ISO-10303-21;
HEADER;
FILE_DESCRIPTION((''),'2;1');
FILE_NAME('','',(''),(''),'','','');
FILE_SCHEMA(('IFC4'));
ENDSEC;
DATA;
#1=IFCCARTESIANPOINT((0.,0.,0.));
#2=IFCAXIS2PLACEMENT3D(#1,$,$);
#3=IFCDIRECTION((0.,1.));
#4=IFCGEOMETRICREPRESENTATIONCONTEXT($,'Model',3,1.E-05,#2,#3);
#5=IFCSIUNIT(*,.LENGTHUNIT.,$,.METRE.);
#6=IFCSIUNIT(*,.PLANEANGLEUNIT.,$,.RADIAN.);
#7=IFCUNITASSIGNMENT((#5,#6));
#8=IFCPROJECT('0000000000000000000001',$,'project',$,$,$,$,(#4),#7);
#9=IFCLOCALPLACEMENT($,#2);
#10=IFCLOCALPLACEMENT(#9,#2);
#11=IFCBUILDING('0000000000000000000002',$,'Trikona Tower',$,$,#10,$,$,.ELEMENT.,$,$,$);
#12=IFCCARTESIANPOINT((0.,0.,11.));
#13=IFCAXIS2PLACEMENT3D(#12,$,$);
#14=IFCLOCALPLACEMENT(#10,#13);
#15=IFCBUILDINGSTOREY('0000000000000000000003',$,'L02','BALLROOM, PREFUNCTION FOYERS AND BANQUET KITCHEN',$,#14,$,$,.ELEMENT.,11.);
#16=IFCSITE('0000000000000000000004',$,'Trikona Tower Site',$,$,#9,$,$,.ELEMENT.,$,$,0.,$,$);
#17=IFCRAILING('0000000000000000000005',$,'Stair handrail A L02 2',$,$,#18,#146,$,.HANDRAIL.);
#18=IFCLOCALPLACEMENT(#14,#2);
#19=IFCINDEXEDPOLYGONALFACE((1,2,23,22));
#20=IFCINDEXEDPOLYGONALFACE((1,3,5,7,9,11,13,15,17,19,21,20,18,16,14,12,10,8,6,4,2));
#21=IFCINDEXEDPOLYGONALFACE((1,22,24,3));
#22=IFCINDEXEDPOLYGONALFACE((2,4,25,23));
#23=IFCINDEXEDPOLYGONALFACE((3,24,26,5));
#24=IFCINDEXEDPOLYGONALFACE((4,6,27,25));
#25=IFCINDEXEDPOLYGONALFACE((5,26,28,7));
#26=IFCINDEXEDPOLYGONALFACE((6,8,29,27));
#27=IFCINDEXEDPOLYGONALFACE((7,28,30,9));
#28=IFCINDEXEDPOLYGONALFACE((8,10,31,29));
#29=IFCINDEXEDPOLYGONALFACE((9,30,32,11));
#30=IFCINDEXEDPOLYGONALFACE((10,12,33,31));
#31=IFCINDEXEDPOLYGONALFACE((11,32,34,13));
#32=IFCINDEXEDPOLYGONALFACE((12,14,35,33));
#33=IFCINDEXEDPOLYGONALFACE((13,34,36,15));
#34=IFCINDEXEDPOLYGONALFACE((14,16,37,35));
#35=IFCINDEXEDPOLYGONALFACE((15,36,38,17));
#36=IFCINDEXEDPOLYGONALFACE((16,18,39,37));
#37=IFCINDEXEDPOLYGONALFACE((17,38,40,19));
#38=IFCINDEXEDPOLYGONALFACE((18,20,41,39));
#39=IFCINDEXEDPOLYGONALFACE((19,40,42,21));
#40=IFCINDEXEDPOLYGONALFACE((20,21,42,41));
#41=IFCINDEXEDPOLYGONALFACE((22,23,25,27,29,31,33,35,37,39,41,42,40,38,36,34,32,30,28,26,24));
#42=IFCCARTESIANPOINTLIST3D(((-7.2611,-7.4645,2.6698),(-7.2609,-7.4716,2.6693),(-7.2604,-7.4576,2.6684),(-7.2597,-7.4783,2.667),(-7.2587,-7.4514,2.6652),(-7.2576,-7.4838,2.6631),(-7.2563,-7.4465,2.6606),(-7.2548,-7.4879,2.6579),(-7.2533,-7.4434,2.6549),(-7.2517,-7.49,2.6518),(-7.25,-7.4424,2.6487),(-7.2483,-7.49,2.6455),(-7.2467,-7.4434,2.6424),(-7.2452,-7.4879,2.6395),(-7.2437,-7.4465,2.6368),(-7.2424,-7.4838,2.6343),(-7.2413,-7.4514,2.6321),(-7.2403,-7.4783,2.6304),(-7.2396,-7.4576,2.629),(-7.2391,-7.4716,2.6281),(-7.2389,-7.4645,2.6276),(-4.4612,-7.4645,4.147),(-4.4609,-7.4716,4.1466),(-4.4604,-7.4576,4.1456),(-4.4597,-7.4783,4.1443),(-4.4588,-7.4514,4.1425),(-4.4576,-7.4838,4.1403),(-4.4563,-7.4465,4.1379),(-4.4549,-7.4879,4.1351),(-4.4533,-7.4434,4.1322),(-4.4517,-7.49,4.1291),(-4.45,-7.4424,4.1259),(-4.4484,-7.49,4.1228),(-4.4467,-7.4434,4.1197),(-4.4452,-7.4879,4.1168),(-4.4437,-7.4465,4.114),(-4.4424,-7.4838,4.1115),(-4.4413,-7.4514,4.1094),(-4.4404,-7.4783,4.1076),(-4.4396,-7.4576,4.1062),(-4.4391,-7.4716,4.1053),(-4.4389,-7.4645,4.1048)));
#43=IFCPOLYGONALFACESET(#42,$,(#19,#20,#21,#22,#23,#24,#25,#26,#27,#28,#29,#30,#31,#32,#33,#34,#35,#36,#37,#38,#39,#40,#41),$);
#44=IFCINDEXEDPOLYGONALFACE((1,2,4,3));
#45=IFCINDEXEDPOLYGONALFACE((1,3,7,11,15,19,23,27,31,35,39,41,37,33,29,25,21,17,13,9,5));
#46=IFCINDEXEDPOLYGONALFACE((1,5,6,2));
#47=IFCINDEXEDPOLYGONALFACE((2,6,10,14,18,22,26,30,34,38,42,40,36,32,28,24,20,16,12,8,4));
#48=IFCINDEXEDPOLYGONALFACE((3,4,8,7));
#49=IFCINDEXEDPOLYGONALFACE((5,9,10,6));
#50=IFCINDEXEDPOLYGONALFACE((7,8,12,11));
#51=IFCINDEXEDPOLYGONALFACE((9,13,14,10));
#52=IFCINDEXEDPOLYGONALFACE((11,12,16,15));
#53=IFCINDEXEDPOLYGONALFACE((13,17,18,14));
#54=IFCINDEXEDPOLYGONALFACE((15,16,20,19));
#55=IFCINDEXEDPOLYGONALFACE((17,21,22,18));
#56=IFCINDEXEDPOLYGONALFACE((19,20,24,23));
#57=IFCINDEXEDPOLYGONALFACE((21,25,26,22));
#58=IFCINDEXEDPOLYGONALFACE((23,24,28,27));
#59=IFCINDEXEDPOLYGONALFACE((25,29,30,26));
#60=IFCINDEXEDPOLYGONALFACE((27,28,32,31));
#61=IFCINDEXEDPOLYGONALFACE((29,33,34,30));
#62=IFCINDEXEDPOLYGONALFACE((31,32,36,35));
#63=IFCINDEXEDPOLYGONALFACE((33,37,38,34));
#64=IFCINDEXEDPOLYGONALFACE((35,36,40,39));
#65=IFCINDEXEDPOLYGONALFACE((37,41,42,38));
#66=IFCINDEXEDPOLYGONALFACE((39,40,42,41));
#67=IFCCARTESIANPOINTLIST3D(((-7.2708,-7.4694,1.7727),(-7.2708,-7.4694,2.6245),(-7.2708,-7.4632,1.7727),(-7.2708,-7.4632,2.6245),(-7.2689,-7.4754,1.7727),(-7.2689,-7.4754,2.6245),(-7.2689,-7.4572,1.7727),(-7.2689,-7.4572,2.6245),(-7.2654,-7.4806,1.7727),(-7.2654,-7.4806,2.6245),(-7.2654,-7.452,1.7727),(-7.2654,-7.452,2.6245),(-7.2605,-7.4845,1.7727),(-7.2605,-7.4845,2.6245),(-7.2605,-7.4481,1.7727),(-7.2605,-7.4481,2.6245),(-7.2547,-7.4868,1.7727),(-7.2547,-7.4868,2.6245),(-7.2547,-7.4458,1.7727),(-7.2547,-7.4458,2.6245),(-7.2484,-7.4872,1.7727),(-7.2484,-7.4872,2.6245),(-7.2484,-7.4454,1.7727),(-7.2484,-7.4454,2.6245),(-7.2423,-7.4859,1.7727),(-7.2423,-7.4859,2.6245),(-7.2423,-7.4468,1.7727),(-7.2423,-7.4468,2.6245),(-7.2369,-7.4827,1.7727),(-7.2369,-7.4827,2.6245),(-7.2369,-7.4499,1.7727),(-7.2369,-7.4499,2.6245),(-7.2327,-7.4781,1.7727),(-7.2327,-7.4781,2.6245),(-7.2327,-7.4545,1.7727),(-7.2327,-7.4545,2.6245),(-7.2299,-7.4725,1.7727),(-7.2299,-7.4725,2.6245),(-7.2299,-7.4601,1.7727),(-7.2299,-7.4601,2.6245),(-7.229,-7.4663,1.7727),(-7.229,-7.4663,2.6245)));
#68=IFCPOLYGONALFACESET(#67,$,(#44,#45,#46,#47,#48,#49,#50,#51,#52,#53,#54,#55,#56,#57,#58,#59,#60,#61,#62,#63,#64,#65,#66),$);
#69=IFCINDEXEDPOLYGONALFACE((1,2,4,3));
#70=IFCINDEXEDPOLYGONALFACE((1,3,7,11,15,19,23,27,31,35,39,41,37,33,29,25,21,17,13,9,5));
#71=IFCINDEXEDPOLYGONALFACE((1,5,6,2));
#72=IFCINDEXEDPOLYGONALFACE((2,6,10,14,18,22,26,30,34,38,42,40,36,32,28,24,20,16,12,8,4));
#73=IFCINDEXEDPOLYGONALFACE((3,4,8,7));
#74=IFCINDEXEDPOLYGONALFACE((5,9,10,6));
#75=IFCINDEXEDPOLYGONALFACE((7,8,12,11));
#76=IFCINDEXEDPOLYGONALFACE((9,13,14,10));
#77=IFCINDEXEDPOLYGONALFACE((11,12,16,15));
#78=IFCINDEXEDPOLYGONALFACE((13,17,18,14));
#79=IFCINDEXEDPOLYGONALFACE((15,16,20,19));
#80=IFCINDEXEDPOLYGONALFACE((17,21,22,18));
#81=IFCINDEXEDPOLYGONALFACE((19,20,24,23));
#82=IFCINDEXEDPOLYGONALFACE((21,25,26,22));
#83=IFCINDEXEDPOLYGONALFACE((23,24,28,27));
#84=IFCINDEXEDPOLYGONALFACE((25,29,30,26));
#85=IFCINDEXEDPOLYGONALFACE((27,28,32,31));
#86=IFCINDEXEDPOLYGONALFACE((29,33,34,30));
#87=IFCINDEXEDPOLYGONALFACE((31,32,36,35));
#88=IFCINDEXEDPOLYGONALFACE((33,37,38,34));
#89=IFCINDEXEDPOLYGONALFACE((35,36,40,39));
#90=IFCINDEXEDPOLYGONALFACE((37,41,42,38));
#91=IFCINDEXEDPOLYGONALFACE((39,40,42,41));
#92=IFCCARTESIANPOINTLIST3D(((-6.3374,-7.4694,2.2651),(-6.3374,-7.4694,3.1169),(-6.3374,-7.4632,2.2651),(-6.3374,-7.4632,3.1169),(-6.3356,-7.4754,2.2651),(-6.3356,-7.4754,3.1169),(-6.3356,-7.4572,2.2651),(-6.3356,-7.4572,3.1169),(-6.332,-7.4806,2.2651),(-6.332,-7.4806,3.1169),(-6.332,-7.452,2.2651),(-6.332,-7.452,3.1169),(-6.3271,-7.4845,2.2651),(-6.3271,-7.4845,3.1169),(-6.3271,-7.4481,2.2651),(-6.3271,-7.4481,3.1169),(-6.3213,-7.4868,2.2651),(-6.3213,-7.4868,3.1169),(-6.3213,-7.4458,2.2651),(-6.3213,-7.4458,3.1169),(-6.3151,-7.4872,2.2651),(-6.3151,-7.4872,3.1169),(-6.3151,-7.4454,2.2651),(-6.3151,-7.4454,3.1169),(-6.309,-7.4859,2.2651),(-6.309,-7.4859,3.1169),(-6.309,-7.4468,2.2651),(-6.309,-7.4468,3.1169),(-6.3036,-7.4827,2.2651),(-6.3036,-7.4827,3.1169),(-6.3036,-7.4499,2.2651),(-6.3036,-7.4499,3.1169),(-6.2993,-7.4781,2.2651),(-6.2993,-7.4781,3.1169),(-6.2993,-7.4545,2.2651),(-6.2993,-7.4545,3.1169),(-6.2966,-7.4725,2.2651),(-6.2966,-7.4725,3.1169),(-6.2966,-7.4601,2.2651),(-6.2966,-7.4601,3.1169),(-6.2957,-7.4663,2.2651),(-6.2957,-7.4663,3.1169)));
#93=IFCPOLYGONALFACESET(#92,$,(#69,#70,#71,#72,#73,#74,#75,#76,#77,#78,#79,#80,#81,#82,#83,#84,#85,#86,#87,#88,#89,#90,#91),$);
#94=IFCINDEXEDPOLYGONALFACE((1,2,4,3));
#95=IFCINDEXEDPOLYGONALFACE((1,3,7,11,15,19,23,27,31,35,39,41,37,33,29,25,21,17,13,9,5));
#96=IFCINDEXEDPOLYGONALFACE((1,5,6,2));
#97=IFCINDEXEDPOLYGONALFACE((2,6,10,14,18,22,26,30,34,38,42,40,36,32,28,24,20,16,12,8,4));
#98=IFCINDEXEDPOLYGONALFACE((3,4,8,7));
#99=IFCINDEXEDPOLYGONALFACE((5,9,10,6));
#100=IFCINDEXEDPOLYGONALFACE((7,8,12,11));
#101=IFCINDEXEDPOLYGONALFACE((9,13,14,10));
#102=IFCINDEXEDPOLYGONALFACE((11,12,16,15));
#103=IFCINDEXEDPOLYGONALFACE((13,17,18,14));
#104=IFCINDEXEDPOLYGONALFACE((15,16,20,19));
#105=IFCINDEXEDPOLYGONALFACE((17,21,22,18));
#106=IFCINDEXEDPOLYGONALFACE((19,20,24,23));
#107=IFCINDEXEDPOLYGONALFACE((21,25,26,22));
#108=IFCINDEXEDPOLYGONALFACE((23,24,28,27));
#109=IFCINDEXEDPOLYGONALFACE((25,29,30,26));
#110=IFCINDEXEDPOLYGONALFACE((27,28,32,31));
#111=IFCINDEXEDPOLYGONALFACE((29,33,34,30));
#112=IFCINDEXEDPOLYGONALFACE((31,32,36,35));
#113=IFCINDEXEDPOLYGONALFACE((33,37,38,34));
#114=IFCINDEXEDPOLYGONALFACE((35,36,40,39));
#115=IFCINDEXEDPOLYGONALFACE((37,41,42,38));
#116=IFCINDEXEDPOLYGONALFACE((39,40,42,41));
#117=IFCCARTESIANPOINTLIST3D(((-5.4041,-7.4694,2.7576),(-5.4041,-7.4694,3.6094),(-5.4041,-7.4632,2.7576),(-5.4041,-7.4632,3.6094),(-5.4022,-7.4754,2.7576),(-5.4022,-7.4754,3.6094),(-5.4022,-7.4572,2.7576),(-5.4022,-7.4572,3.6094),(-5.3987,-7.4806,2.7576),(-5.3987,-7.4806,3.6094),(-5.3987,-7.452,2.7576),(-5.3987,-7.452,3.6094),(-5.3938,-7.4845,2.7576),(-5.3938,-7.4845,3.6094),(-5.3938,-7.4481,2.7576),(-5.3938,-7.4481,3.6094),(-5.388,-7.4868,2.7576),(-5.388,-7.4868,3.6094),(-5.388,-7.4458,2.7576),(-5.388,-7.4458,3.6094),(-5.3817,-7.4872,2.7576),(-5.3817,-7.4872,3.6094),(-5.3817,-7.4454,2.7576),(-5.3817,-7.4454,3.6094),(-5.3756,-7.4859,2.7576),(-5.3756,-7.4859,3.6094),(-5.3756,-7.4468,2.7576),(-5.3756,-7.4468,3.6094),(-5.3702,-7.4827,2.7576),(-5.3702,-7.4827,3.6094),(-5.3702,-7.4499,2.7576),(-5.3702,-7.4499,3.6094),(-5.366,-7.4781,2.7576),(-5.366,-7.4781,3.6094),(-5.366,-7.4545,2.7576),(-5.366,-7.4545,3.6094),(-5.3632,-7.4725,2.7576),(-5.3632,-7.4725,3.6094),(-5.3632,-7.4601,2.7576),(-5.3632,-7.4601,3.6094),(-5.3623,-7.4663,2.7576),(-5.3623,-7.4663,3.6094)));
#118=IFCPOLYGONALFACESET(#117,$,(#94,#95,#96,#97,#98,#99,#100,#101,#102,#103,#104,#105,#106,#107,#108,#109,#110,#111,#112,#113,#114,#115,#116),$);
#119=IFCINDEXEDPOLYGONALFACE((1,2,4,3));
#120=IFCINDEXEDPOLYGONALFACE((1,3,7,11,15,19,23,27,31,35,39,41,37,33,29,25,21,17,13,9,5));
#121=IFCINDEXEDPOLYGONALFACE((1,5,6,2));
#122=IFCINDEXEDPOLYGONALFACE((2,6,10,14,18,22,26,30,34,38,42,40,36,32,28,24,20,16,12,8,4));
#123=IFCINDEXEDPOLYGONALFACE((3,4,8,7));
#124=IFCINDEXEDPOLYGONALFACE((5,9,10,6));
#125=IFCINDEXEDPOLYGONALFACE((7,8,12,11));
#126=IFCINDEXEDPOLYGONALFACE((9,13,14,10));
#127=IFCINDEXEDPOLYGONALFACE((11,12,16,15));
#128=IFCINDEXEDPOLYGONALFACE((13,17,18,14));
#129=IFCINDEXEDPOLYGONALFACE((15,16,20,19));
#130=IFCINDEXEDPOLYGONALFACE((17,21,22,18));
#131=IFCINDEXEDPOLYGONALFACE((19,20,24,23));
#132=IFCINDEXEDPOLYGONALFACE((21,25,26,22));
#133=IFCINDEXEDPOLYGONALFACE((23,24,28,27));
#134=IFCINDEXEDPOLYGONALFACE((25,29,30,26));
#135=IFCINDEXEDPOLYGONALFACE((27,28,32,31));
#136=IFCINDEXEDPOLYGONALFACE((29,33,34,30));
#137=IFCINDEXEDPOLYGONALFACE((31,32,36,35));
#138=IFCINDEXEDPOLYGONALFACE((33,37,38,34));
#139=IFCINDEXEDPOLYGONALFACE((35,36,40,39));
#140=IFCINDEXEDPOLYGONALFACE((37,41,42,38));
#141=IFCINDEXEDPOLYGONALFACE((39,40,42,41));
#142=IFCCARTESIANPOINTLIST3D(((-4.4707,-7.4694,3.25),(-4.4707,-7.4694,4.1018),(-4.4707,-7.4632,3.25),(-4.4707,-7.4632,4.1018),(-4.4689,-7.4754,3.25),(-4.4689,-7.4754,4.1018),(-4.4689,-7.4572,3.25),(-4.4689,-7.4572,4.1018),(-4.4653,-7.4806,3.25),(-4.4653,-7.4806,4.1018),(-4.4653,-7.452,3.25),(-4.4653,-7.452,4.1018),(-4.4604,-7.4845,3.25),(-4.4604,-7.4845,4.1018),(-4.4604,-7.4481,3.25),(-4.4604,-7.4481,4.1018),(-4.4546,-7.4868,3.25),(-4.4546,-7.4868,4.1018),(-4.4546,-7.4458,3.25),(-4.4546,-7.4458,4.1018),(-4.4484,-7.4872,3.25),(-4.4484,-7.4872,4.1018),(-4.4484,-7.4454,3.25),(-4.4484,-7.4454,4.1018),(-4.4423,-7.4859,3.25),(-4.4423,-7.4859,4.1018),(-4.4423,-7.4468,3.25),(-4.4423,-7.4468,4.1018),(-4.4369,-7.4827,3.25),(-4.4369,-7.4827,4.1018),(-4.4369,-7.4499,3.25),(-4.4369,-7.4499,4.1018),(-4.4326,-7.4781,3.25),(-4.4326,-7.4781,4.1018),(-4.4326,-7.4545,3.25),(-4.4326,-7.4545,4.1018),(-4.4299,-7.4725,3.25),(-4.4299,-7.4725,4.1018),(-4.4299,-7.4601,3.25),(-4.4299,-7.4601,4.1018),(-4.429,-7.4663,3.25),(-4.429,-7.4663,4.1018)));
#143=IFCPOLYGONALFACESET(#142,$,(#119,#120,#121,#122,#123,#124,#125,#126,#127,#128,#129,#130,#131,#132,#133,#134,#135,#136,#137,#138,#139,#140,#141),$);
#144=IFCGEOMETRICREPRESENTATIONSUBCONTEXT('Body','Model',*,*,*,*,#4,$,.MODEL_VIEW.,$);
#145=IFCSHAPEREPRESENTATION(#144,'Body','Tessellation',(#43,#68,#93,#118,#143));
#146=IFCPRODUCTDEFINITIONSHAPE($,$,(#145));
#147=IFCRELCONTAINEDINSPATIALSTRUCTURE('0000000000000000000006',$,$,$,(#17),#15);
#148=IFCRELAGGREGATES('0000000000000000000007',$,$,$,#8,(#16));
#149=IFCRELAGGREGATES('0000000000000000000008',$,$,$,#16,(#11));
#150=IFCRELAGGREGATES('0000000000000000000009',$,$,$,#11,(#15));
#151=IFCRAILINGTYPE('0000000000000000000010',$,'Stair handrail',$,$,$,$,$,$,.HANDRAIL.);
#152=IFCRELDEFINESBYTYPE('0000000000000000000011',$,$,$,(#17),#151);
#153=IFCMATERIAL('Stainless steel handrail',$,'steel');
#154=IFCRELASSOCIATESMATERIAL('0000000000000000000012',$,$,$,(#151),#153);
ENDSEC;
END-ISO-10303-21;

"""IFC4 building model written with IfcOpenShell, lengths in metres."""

from ifc_helpers import new_model, si_unit, direction, frame, origin, origin_2d, place, context, subcontext, project, spatial, circle, extrude, material, type_object, element, save


model = new_model("IFC4")

# Units and contexts
model_context = context("Model", 3, precision=1e-05, world=origin(), true_north=direction((0.0, 1.0)))
body_context = subcontext(model_context, "Body", "Model", "MODEL_VIEW")
ifc_project = project(units=[si_unit("LENGTHUNIT", "METRE"), si_unit("PLANEANGLEUNIT", "RADIAN")], contexts=[model_context])

# Site, building, storey
site_placement = place(None, origin())
site = spatial("IfcSite", under=ifc_project, at=site_placement, Name="Trikona Tower Site", CompositionType="ELEMENT", RefElevation=0.0)
building_placement = place(site_placement, origin())
building = spatial("IfcBuilding", under=site, at=building_placement, Name="Trikona Tower", CompositionType="ELEMENT")
storey_placement = place(building_placement, frame((0.0, 0.0, 11.0)))
storey = spatial("IfcBuildingStorey", under=building, at=storey_placement, Name="L02", Description="BALLROOM, PREFUNCTION FOYERS AND BANQUET KITCHEN", CompositionType="ELEMENT", Elevation=11.0)

# Railing
ifc_material_1 = material(Name="Stainless steel handrail", Category="steel")
railing_type = type_object("IfcRailingType", Name="Stair handrail", PredefinedType="HANDRAIL", material=ifc_material_1)
railing_1_placement = place(storey_placement, frame((-7.25, -7.4663, 1.7727)))
element("IfcRailing", 1, at=railing_1_placement, inside=storey, type_object=railing_type, Name="Stair handrail A L02 2", PredefinedType="HANDRAIL", context=body_context, shape_type="SweptSolid", body=[
    extrude(circle(Radius=0.0239, at=origin_2d()), frame((0.0, 0.0, 0.876), z_axis=(0.884451, 0.0, 0.466633), x_axis=(0.0, 1.0, 0.0)), (0.0, 0.0, 1.0), 3.1658),
    extrude(circle(Radius=0.021, at=origin_2d()), origin(), (0.0, 0.0, 1.0), 0.8518),
    extrude(circle(Radius=0.021, at=origin_2d()), frame((0.9333, 0.0, 0.4924)), (0.0, 0.0, 1.0), 0.8518),
    extrude(circle(Radius=0.021, at=origin_2d()), frame((1.8667, 0.0, 0.9849)), (0.0, 0.0, 1.0), 0.8518),
    extrude(circle(Radius=0.021, at=origin_2d()), frame((2.8, 0.0, 1.4773)), (0.0, 0.0, 1.0), 0.8518),
])

save(model, "model.ifc")
